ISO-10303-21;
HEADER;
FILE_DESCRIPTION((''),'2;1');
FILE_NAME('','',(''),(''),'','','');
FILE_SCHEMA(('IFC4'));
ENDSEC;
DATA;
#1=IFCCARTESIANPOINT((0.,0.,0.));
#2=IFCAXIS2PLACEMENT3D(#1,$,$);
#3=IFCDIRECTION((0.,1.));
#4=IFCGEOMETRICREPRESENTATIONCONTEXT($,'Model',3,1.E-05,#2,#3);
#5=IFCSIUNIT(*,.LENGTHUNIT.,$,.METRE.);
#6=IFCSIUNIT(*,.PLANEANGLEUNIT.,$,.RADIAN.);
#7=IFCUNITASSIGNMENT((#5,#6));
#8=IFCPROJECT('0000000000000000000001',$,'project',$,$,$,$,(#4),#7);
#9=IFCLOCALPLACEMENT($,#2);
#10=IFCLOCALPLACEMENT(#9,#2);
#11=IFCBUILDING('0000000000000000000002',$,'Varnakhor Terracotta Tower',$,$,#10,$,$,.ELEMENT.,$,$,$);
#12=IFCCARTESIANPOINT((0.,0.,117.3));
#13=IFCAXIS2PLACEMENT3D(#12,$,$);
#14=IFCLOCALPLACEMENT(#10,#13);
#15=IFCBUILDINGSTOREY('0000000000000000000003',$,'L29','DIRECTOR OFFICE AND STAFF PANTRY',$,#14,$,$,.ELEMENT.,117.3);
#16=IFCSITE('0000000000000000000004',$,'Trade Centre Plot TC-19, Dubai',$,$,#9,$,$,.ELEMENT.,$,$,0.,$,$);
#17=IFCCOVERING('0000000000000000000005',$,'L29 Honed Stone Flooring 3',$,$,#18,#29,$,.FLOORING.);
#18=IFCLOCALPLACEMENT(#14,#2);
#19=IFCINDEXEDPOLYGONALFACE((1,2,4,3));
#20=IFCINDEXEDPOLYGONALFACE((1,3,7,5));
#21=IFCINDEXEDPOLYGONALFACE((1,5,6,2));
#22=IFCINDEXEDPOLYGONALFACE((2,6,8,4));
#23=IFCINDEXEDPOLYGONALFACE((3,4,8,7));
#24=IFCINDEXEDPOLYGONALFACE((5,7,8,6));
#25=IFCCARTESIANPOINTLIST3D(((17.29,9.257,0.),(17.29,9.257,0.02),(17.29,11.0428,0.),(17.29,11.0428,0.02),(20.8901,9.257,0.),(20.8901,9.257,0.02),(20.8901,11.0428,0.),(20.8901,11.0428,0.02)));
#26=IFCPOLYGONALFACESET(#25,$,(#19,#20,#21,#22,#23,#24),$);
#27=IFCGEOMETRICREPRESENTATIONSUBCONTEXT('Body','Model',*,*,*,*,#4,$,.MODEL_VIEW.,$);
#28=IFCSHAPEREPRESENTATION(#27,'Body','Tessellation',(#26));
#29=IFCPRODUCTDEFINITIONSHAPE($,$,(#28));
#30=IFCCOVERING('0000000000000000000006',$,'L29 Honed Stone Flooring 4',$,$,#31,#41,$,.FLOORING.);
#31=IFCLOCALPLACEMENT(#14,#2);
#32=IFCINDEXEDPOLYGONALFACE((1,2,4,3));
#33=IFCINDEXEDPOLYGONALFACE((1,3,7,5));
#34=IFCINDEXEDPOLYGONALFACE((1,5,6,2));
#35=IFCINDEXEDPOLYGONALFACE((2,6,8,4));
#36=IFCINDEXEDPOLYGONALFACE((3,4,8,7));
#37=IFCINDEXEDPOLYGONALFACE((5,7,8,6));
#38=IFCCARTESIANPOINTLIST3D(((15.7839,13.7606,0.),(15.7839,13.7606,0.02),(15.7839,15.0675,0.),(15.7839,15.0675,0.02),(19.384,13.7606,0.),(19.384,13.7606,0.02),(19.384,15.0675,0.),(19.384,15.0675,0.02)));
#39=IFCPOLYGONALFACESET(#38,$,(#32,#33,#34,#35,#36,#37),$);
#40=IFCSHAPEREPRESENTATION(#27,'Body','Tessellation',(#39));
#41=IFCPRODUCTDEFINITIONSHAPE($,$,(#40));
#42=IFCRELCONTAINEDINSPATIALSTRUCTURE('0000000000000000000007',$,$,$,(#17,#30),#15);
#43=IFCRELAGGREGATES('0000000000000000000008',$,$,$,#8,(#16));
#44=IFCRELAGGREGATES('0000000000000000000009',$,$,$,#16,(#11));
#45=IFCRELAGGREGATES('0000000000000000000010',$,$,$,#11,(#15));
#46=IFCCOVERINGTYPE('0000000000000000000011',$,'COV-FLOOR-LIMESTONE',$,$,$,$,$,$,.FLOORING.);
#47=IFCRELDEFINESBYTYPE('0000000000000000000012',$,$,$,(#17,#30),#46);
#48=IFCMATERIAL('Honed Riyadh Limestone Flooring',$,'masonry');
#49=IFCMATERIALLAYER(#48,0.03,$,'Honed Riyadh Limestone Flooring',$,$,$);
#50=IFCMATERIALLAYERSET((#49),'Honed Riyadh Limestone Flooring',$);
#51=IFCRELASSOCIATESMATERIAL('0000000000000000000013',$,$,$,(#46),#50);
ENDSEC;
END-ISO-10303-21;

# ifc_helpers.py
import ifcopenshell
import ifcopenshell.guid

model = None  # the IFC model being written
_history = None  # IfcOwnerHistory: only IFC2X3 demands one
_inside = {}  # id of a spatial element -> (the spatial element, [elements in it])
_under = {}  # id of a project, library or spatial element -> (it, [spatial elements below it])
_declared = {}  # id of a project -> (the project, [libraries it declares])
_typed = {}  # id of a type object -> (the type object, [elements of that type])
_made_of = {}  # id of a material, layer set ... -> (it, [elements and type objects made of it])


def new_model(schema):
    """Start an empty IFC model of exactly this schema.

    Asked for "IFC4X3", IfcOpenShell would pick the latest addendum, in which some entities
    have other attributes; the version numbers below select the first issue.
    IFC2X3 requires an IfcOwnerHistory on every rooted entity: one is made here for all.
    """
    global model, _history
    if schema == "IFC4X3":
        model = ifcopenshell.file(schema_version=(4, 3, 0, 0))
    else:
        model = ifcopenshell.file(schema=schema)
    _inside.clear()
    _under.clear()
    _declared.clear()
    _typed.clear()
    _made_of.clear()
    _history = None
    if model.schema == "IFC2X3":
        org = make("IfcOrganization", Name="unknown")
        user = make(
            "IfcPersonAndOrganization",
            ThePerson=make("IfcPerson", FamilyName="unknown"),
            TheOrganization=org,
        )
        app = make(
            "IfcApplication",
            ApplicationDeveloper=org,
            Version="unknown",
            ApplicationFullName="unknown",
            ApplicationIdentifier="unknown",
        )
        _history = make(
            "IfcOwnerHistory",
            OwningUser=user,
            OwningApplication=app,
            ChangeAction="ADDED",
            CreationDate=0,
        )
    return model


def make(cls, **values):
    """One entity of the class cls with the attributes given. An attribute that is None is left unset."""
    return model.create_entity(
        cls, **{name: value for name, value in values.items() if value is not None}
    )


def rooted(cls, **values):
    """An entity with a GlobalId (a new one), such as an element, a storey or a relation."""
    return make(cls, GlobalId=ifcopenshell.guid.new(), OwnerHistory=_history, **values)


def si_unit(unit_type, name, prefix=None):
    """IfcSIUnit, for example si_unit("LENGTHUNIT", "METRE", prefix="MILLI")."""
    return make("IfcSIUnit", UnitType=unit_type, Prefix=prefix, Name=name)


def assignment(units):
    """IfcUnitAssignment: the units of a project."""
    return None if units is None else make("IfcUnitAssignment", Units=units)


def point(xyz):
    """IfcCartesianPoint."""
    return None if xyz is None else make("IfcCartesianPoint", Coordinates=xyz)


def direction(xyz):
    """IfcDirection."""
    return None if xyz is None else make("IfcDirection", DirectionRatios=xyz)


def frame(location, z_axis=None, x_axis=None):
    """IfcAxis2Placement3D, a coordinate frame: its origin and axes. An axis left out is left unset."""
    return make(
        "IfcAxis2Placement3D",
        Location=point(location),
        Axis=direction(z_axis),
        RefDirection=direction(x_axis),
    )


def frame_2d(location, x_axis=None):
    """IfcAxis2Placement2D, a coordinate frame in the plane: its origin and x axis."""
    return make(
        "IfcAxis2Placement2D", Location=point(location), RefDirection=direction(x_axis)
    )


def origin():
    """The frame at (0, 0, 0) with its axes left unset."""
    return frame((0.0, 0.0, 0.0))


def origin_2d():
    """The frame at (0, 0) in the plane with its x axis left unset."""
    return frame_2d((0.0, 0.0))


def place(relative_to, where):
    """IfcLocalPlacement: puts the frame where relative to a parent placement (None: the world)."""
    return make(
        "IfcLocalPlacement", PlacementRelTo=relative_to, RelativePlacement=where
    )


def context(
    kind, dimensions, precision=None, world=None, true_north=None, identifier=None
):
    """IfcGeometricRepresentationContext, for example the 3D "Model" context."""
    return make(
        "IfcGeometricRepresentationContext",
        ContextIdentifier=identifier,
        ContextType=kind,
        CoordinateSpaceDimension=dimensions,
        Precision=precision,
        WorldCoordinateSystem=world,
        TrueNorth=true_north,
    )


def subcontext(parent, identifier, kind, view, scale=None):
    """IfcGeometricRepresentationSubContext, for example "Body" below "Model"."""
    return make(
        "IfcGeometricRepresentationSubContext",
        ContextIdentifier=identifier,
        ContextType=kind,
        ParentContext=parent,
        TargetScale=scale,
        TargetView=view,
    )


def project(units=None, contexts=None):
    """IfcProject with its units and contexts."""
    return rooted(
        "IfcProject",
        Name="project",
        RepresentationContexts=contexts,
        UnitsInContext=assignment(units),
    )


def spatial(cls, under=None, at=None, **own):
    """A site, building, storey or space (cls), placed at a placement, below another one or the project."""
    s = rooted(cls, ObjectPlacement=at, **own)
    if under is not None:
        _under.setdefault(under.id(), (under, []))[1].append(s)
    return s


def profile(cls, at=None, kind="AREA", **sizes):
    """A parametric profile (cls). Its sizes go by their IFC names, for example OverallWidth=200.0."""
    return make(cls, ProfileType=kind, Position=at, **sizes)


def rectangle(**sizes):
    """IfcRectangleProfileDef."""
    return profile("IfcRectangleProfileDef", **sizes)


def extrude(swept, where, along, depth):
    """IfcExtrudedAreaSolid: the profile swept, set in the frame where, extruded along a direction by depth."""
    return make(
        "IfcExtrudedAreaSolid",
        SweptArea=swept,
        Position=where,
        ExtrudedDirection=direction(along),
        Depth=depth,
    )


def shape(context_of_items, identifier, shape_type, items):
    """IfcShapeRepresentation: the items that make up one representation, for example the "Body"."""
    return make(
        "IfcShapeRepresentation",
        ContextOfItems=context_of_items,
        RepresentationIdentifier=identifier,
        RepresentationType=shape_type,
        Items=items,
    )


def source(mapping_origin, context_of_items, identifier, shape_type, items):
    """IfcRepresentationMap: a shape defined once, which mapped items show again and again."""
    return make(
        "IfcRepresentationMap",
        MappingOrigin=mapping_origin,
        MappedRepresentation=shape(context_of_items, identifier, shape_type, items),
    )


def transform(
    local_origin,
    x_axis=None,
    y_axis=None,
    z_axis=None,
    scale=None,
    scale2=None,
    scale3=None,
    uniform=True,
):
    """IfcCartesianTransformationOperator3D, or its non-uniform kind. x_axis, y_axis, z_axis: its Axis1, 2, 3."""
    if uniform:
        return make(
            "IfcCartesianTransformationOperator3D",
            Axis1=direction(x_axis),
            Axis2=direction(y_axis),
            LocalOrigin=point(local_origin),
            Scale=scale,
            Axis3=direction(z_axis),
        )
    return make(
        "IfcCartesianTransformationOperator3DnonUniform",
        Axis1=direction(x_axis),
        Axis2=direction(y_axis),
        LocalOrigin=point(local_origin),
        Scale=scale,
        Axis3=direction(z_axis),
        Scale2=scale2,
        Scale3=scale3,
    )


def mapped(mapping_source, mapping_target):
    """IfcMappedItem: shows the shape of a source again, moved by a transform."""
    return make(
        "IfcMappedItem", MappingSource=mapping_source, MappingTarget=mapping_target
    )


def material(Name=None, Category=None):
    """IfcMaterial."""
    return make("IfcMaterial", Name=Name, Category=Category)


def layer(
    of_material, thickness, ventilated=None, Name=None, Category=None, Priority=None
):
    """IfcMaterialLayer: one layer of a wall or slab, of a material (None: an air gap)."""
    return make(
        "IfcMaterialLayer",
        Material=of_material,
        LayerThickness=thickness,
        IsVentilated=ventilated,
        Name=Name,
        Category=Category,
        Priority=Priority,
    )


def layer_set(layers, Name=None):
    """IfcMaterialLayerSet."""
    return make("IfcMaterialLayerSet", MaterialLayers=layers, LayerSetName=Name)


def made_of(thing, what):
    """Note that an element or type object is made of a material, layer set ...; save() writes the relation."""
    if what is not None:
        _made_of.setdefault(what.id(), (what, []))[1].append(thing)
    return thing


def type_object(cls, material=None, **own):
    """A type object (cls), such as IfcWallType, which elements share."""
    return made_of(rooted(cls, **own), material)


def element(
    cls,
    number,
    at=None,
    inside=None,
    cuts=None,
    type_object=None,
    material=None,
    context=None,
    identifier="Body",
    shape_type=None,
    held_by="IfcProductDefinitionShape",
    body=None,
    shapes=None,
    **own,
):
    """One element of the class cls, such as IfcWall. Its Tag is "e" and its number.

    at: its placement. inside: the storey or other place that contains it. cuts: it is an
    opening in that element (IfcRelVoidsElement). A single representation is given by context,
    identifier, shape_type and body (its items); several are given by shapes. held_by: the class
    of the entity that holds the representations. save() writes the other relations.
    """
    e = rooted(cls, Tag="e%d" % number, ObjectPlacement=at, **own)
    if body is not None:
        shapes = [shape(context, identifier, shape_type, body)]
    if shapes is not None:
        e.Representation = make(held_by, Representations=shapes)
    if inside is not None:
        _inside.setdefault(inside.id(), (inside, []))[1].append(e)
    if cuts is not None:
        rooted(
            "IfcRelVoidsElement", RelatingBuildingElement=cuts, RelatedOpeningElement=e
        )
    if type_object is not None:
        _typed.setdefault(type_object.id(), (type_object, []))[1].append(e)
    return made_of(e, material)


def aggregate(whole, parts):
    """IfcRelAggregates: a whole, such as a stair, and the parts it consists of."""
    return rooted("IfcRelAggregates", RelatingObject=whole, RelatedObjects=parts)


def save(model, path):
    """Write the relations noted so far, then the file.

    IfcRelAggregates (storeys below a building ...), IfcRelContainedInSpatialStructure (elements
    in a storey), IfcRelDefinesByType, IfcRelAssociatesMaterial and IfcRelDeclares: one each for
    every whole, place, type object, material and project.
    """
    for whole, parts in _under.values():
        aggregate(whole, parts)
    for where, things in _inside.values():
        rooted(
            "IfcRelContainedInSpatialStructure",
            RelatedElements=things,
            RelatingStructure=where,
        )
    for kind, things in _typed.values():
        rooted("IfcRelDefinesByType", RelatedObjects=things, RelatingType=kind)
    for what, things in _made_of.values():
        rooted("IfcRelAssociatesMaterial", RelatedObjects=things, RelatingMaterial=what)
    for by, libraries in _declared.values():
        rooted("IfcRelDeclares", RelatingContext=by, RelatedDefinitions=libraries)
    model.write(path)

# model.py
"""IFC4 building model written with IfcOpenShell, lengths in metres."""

from ifc_helpers import new_model, si_unit, direction, frame, origin, origin_2d, place, context, subcontext, project, spatial, rectangle, extrude, source, transform, mapped, material, layer, layer_set, type_object, element, save


model = new_model("IFC4")

# Units and contexts
model_context = context("Model", 3, precision=1e-05, world=origin(), true_north=direction((0.0, 1.0)))
body_context = subcontext(model_context, "Body", "Model", "MODEL_VIEW")
ifc_project = project(units=[si_unit("LENGTHUNIT", "METRE"), si_unit("PLANEANGLEUNIT", "RADIAN")], contexts=[model_context])

# Site, building, storey
site_placement = place(None, origin())
site = spatial("IfcSite", under=ifc_project, at=site_placement, Name="Trade Centre Plot TC-19, Dubai", CompositionType="ELEMENT", RefElevation=0.0)
building_placement = place(site_placement, origin())
building = spatial("IfcBuilding", under=site, at=building_placement, Name="Varnakhor Terracotta Tower", CompositionType="ELEMENT")
storey_placement = place(building_placement, frame((0.0, 0.0, 117.3)))
storey = spatial("IfcBuildingStorey", under=building, at=storey_placement, Name="L29", Description="DIRECTOR OFFICE AND STAFF PANTRY", CompositionType="ELEMENT", Elevation=117.3)

# Coverings
ifc_material_1 = material(Name="Honed Riyadh Limestone Flooring", Category="masonry")
ifc_layer_1 = layer(ifc_material_1, 0.03, Name="Honed Riyadh Limestone Flooring")
ifc_layer_set_1 = layer_set([ifc_layer_1], Name="Honed Riyadh Limestone Flooring")
covering_type = type_object("IfcCoveringType", Name="COV-FLOOR-LIMESTONE", PredefinedType="FLOORING", material=ifc_layer_set_1)
shared_shape_1 = source(origin(), body_context, "Body", "SweptSolid", [
    extrude(rectangle(XDim=3.6001, YDim=1.7859, at=origin_2d()), origin(), (0.0, 0.0, 1.0), 0.02),
])
covering_1_placement = place(storey_placement, frame((19.0901, 10.1499, 0.0), z_axis=(0.0, 0.0, 1.0), x_axis=(1.0, 0.0, 0.0)))
element("IfcCovering", 1, at=covering_1_placement, inside=storey, type_object=covering_type, Name="L29 Honed Stone Flooring 3", PredefinedType="FLOORING", context=body_context, shape_type="MappedRepresentation", body=[
    mapped(shared_shape_1, transform((0.0, 0.0, 0.0), scale=1.0)),
])
shared_shape_2 = source(origin(), body_context, "Body", "SweptSolid", [
    extrude(rectangle(XDim=3.6001, YDim=1.3069, at=origin_2d()), origin(), (0.0, 0.0, 1.0), 0.02),
])
covering_2_placement = place(storey_placement, frame((17.584, 14.4141, 0.0), z_axis=(0.0, 0.0, 1.0), x_axis=(1.0, 0.0, 0.0)))
element("IfcCovering", 2, at=covering_2_placement, inside=storey, type_object=covering_type, Name="L29 Honed Stone Flooring 4", PredefinedType="FLOORING", context=body_context, shape_type="MappedRepresentation", body=[
    mapped(shared_shape_2, transform((0.0, 0.0, 0.0), scale=1.0)),
])

save(model, "model.ifc")
